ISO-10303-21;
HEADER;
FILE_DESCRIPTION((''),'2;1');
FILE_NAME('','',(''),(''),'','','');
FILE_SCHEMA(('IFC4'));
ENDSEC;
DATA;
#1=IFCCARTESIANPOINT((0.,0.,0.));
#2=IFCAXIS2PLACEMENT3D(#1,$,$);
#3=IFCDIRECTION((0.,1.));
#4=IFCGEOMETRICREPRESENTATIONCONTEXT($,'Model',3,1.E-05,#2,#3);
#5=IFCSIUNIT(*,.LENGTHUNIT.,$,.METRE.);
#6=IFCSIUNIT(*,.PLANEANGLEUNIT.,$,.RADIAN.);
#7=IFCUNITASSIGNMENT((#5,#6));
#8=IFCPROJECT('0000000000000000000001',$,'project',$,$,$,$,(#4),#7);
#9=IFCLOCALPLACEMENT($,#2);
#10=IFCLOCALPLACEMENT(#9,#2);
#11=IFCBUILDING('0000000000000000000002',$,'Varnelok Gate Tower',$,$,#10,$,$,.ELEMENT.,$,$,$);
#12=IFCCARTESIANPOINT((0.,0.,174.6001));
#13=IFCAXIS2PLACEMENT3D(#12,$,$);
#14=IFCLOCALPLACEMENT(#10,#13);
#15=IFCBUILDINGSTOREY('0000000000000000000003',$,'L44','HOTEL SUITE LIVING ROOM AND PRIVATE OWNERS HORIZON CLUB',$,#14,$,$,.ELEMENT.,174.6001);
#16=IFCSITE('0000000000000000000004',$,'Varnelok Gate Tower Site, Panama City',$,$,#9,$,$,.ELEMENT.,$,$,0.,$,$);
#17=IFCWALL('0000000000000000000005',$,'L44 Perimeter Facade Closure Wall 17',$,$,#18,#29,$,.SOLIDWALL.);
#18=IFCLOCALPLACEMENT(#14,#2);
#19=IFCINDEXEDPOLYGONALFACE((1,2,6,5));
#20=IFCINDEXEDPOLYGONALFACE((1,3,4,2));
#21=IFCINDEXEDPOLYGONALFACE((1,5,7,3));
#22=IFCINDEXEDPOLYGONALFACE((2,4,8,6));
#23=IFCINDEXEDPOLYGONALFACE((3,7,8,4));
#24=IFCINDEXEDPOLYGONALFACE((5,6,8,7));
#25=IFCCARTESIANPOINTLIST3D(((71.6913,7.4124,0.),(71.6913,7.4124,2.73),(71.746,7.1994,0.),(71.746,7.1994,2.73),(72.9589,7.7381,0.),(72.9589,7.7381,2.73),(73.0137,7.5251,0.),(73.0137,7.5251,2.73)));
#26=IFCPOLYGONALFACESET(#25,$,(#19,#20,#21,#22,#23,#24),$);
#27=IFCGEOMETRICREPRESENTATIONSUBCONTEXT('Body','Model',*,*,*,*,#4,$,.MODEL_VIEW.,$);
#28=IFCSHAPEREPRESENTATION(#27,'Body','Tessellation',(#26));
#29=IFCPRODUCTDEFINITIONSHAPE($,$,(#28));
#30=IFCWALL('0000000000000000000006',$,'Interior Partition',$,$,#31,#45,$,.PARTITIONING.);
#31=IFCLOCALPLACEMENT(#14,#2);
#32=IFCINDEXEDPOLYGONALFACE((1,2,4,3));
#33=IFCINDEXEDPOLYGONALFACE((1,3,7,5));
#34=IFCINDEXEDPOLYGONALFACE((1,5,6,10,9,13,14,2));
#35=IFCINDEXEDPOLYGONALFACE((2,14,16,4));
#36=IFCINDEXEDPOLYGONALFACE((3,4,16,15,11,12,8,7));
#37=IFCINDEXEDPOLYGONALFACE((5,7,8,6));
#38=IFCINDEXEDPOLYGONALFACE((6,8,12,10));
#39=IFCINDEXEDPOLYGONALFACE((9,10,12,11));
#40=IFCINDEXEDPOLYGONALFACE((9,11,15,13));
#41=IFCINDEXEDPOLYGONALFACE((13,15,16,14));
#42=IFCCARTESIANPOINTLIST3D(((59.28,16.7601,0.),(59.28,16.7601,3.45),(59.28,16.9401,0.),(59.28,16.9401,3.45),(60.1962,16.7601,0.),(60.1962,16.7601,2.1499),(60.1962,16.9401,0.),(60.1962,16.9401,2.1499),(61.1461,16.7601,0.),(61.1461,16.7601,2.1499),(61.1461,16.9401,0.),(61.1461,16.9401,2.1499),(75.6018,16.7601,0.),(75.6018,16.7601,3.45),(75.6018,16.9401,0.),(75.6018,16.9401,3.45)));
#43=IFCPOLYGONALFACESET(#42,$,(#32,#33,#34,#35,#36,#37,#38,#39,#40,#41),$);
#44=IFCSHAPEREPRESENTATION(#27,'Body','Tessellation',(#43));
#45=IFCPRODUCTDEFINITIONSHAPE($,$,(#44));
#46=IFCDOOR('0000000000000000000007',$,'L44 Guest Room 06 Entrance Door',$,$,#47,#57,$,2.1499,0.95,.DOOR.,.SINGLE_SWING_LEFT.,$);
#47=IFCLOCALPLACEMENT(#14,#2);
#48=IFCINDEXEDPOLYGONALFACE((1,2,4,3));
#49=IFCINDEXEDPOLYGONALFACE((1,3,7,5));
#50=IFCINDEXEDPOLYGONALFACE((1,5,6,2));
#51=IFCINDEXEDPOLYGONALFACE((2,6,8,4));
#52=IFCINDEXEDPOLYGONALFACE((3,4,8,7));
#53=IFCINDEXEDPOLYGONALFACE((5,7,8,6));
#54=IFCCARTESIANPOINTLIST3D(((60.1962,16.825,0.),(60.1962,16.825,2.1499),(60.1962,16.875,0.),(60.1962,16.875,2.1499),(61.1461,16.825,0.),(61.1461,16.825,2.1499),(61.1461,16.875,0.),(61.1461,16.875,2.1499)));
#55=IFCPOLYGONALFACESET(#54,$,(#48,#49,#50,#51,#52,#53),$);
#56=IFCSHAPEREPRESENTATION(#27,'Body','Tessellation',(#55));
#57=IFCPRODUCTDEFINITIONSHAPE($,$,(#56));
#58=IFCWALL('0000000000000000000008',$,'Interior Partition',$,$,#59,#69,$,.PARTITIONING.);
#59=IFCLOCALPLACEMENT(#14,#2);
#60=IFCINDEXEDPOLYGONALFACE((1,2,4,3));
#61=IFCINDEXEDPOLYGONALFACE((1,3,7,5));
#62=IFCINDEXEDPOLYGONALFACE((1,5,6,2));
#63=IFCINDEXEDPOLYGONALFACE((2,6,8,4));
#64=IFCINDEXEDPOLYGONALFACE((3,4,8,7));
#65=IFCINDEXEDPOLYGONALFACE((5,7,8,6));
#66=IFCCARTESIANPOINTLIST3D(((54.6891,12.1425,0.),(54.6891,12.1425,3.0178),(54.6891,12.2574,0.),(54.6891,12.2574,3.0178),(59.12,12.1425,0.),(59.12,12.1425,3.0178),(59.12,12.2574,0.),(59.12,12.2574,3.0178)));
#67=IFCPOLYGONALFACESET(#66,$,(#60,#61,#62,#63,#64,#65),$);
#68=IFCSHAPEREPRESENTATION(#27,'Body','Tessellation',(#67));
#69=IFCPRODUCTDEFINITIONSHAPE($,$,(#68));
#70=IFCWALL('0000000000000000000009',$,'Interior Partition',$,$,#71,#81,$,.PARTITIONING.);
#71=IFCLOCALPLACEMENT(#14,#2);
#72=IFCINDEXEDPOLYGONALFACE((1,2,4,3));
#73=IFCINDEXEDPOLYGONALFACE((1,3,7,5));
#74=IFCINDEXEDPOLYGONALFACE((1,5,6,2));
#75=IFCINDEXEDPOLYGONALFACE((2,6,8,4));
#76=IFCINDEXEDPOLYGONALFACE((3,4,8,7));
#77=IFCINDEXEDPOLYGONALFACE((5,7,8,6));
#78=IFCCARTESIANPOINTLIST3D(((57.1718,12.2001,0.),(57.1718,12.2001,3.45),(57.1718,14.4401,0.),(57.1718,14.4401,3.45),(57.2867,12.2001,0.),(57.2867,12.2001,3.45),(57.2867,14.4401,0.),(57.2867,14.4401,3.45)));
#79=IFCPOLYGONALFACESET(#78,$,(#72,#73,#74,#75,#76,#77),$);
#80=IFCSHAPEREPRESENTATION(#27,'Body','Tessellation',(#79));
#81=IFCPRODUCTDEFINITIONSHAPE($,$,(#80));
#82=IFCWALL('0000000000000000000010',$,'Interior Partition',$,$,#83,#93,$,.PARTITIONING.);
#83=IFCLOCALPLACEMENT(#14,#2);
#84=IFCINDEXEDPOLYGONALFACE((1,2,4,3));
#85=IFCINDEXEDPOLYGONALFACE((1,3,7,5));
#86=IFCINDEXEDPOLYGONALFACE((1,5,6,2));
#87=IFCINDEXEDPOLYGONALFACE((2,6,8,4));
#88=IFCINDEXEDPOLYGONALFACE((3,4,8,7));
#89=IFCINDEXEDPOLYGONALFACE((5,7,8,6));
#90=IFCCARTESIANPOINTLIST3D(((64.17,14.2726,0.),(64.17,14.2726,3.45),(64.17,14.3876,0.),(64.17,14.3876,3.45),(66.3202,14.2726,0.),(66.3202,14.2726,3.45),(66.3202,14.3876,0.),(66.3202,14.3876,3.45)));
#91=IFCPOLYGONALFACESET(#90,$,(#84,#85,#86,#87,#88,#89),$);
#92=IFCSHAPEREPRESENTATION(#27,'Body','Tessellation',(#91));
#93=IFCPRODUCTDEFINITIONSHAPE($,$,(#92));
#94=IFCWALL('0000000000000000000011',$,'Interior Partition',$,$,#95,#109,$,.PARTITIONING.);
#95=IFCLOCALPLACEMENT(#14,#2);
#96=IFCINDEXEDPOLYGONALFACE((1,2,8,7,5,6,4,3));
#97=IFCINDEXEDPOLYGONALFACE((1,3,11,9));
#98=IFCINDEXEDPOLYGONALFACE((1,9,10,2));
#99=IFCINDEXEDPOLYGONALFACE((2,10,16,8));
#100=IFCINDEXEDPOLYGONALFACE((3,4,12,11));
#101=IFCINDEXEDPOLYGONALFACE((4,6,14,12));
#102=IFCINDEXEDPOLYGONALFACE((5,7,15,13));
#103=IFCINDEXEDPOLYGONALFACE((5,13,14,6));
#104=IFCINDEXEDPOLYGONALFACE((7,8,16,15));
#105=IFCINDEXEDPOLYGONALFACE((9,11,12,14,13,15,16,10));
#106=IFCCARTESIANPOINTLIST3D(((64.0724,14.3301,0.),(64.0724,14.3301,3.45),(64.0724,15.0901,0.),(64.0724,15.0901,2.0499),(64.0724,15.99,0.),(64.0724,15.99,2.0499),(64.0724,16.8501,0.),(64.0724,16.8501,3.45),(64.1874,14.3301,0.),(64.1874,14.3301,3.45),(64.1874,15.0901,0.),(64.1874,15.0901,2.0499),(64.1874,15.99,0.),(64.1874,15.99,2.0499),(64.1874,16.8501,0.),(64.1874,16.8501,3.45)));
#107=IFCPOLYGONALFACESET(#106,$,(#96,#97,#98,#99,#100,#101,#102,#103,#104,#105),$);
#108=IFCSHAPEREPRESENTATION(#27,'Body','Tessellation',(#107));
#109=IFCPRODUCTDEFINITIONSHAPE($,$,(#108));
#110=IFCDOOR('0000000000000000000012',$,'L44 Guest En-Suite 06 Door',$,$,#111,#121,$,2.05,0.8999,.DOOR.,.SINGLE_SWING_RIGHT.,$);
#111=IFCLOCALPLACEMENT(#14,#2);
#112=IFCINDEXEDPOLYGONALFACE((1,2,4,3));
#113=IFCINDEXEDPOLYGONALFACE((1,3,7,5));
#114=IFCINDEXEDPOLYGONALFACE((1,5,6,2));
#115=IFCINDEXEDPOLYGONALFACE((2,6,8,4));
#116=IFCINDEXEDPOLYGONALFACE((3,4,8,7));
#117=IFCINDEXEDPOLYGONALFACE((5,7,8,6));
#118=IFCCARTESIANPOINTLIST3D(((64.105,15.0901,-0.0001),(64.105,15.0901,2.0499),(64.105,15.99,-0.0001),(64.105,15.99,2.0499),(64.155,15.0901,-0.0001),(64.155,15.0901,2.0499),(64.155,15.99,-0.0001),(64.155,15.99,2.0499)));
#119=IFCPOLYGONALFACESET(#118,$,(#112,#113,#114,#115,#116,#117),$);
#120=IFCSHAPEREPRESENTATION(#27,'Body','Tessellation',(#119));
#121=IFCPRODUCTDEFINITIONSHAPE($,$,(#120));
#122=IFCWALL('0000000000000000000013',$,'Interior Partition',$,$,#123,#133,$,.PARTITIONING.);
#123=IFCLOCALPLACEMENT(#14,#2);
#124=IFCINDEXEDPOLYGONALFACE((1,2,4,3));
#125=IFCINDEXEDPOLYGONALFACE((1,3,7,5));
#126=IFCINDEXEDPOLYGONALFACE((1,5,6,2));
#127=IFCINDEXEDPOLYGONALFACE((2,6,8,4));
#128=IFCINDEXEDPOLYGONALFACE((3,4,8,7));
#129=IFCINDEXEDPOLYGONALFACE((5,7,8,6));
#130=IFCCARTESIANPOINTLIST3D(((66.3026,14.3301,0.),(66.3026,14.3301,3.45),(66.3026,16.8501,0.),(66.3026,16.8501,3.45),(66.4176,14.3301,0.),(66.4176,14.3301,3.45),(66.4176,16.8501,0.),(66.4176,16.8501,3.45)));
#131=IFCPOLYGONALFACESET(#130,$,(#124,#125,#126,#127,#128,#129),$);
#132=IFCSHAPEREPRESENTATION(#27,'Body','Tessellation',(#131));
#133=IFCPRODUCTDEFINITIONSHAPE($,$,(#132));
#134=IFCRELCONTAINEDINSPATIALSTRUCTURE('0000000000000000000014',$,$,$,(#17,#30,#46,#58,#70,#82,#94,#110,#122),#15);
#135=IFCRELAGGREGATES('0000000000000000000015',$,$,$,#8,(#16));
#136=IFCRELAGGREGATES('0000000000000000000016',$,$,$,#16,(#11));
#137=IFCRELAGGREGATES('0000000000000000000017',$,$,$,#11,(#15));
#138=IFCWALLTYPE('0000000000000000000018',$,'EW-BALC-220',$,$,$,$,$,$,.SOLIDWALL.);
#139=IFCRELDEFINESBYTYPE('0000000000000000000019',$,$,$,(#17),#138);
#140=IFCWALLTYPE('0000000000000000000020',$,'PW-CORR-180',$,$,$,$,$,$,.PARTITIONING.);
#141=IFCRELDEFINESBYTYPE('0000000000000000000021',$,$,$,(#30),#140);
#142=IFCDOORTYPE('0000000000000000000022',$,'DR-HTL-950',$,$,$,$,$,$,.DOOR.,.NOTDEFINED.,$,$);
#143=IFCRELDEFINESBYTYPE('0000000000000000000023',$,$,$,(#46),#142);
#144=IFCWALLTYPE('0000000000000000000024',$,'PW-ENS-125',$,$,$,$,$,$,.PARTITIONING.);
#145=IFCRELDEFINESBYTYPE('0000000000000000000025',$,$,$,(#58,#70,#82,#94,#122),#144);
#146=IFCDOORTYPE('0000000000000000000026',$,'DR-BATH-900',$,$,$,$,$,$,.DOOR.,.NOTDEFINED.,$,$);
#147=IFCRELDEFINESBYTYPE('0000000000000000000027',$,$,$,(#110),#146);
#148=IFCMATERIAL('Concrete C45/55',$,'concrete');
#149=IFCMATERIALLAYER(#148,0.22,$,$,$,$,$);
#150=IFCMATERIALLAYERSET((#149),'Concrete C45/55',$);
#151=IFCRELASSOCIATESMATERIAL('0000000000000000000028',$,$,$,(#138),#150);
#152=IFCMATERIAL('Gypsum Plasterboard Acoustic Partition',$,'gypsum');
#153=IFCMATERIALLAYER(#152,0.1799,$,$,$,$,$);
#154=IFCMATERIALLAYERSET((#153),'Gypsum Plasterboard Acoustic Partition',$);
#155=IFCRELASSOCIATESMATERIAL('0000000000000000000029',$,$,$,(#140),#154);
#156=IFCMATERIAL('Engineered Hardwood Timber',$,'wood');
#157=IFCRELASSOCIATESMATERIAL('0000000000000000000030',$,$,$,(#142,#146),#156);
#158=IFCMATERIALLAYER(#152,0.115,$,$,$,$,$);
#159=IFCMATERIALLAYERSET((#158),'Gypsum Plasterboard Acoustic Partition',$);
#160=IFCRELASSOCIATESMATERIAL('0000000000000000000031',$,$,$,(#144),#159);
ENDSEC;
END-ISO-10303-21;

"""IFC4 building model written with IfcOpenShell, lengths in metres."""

from ifc_helpers import new_model, si_unit, direction, frame, frame_2d, origin, place, context, subcontext, project, spatial, rectangle, extrude, material, layer, layer_set, type_object, element, fill, save


model = new_model("IFC4")

# Units and contexts
model_context = context("Model", 3, precision=1e-05, world=origin(), true_north=direction((0.0, 1.0)))
body_context = subcontext(model_context, "Body", "Model", "MODEL_VIEW")
ifc_project = project(units=[si_unit("LENGTHUNIT", "METRE"), si_unit("PLANEANGLEUNIT", "RADIAN")], contexts=[model_context])

# Site, building, storey
site_placement = place(None, origin())
site = spatial("IfcSite", under=ifc_project, at=site_placement, Name="Varnelok Gate Tower Site, Panama City", CompositionType="ELEMENT", RefElevation=0.0)
building_placement = place(site_placement, origin())
building = spatial("IfcBuilding", under=site, at=building_placement, Name="Varnelok Gate Tower", CompositionType="ELEMENT")
storey_placement = place(building_placement, frame((0.0, 0.0, 174.6001)))
storey = spatial("IfcBuildingStorey", under=building, at=storey_placement, Name="L44", Description="HOTEL SUITE LIVING ROOM AND PRIVATE OWNERS HORIZON CLUB", CompositionType="ELEMENT", Elevation=174.6001)

# Shared definitions
ifc_material_1 = material(Name="Concrete C45/55", Category="concrete")
ifc_layer_1 = layer(ifc_material_1, 0.22)
ifc_layer_set_1 = layer_set([ifc_layer_1], Name="Concrete C45/55")
wall_type_1 = type_object("IfcWallType", Name="EW-BALC-220", PredefinedType="SOLIDWALL", material=ifc_layer_set_1)

# Wall
wall_1_placement = place(storey_placement, frame((71.7188, 7.3059, 0.0), z_axis=(0.0, 0.0, 1.0), x_axis=(0.968542, 0.248851, 0.0)))
element("IfcWall", 1, at=wall_1_placement, inside=storey, type_object=wall_type_1, Name="L44 Perimeter Facade Closure Wall 17", PredefinedType="SOLIDWALL", context=body_context, shape_type="SweptSolid", body=[
    extrude(rectangle(XDim=1.3088, YDim=0.22, at=frame_2d((0.6543, 0.0))), origin(), (0.0, 0.0, 1.0), 2.73),
])

# Wall, opening, door
ifc_material_2 = material(Name="Gypsum Plasterboard Acoustic Partition", Category="gypsum")
ifc_layer_2 = layer(ifc_material_2, 0.1799)
ifc_layer_set_2 = layer_set([ifc_layer_2], Name="Gypsum Plasterboard Acoustic Partition")
wall_type_2 = type_object("IfcWallType", Name="PW-CORR-180", PredefinedType="PARTITIONING", material=ifc_layer_set_2)
wall_2_placement = place(storey_placement, frame((59.28, 16.8501, 0.0), z_axis=(0.0, 0.0, 1.0), x_axis=(1.0, 0.0, 0.0)))
wall_2 = element("IfcWall", 2, at=wall_2_placement, inside=storey, type_object=wall_type_2, Name="Interior Partition", PredefinedType="PARTITIONING", context=body_context, shape_type="SweptSolid", body=[
    extrude(rectangle(XDim=16.3218, YDim=0.1799, at=frame_2d((8.1609, 0.0))), origin(), (0.0, 0.0, 1.0), 3.45),
])
opening_1_placement = place(wall_2_placement, frame((0.916, 0.0, 0.0)))
opening_1 = element("IfcOpeningElement", 3, at=opening_1_placement, cuts=wall_2, PredefinedType="OPENING", context=body_context, shape_type="SweptSolid", body=[
    extrude(rectangle(XDim=0.95, YDim=2.1499, at=frame_2d((0.4751, 1.075))), frame((0.0, 0.0999, 0.0), z_axis=(0.0, -1.0, 0.0), x_axis=(1.0, 0.0, 0.0)), (0.0, 0.0, 1.0), 0.2),
])
ifc_material_3 = material(Name="Engineered Hardwood Timber", Category="wood")
door_type_1 = type_object("IfcDoorType", Name="DR-HTL-950", OperationType="NOTDEFINED", PredefinedType="DOOR", material=ifc_material_3)
door_1_placement = place(opening_1_placement, origin())
door_1 = element("IfcDoor", 4, at=door_1_placement, inside=storey, type_object=door_type_1, Name="L44 Guest Room 06 Entrance Door", OperationType="SINGLE_SWING_LEFT", OverallHeight=2.1499, OverallWidth=0.95, PredefinedType="DOOR", context=body_context, shape_type="SweptSolid", body=[
    extrude(rectangle(XDim=0.95, YDim=2.1499, at=frame_2d((0.4751, 1.075))), frame((0.0, 0.0249, 0.0), z_axis=(0.0, -1.0, 0.0), x_axis=(1.0, 0.0, 0.0)), (0.0, 0.0, 1.0), 0.05),
])
fill(opening_1, door_1)

# Walls
ifc_layer_3 = layer(ifc_material_2, 0.115)
ifc_layer_set_3 = layer_set([ifc_layer_3], Name="Gypsum Plasterboard Acoustic Partition")
wall_type_3 = type_object("IfcWallType", Name="PW-ENS-125", PredefinedType="PARTITIONING", material=ifc_layer_set_3)
wall_3_placement = place(storey_placement, frame((54.6892, 12.2, 0.0), z_axis=(0.0, 0.0, 1.0), x_axis=(1.0, 0.0, 0.0)))
element("IfcWall", 5, at=wall_3_placement, inside=storey, type_object=wall_type_3, Name="Interior Partition", PredefinedType="PARTITIONING", context=body_context, shape_type="SweptSolid", body=[
    extrude(rectangle(XDim=4.4309, YDim=0.115, at=frame_2d((2.2153, 0.0))), origin(), (0.0, 0.0, 1.0), 3.0178),
])
wall_4_placement = place(storey_placement, frame((57.2292, 12.2, 0.0), z_axis=(0.0, 0.0, 1.0), x_axis=(0.0, 1.0, 0.0)))
element("IfcWall", 6, at=wall_4_placement, inside=storey, type_object=wall_type_3, Name="Interior Partition", PredefinedType="PARTITIONING", context=body_context, shape_type="SweptSolid", body=[
    extrude(rectangle(XDim=2.24, YDim=0.115, at=frame_2d((1.1201, 0.0))), origin(), (0.0, 0.0, 1.0), 3.45),
])
wall_5_placement = place(storey_placement, frame((64.1699, 14.3301, 0.0), z_axis=(0.0, 0.0, 1.0), x_axis=(1.0, 0.0, 0.0)))
element("IfcWall", 7, at=wall_5_placement, inside=storey, type_object=wall_type_3, Name="Interior Partition", PredefinedType="PARTITIONING", context=body_context, shape_type="SweptSolid", body=[
    extrude(rectangle(XDim=2.1501, YDim=0.115, at=frame_2d((1.0752, 0.0))), origin(), (0.0, 0.0, 1.0), 3.45),
])

# Wall, opening, door
wall_6_placement = place(storey_placement, frame((64.1299, 14.3301, 0.0), z_axis=(0.0, 0.0, 1.0), x_axis=(0.0, 1.0, 0.0)))
wall_6 = element("IfcWall", 8, at=wall_6_placement, inside=storey, type_object=wall_type_3, Name="Interior Partition", PredefinedType="PARTITIONING", context=body_context, shape_type="SweptSolid", body=[
    extrude(rectangle(XDim=2.52, YDim=0.115, at=frame_2d((1.26, 0.0))), origin(), (0.0, 0.0, 1.0), 3.45),
])
opening_2_placement = place(wall_6_placement, frame((0.76, 0.0, 0.0)))
opening_2 = element("IfcOpeningElement", 9, at=opening_2_placement, cuts=wall_6, PredefinedType="OPENING", context=body_context, shape_type="SweptSolid", body=[
    extrude(rectangle(XDim=0.8999, YDim=2.05, at=frame_2d((0.45, 1.0249))), frame((0.0, 0.0674, 0.0), z_axis=(0.0, -1.0, 0.0), x_axis=(1.0, 0.0, 0.0)), (0.0, 0.0, 1.0), 0.135),
])
door_type_2 = type_object("IfcDoorType", Name="DR-BATH-900", OperationType="NOTDEFINED", PredefinedType="DOOR", material=ifc_material_3)
door_2_placement = place(opening_2_placement, origin())
door_2 = element("IfcDoor", 10, at=door_2_placement, inside=storey, type_object=door_type_2, Name="L44 Guest En-Suite 06 Door", OperationType="SINGLE_SWING_RIGHT", OverallHeight=2.05, OverallWidth=0.8999, PredefinedType="DOOR", context=body_context, shape_type="SweptSolid", body=[
    extrude(rectangle(XDim=0.8999, YDim=2.05, at=frame_2d((0.45, 1.0249))), frame((0.0, 0.0249, 0.0), z_axis=(0.0, -1.0, 0.0), x_axis=(1.0, 0.0, 0.0)), (0.0, 0.0, 1.0), 0.05),
])
fill(opening_2, door_2)

# Wall
wall_7_placement = place(storey_placement, frame((66.3601, 14.3301, 0.0), z_axis=(0.0, 0.0, 1.0), x_axis=(0.0, 1.0, 0.0)))
element("IfcWall", 11, at=wall_7_placement, inside=storey, type_object=wall_type_3, Name="Interior Partition", PredefinedType="PARTITIONING", context=body_context, shape_type="SweptSolid", body=[
    extrude(rectangle(XDim=2.52, YDim=0.115, at=frame_2d((1.26, 0.0))), origin(), (0.0, 0.0, 1.0), 3.45),
])

save(model, "model.ifc")
